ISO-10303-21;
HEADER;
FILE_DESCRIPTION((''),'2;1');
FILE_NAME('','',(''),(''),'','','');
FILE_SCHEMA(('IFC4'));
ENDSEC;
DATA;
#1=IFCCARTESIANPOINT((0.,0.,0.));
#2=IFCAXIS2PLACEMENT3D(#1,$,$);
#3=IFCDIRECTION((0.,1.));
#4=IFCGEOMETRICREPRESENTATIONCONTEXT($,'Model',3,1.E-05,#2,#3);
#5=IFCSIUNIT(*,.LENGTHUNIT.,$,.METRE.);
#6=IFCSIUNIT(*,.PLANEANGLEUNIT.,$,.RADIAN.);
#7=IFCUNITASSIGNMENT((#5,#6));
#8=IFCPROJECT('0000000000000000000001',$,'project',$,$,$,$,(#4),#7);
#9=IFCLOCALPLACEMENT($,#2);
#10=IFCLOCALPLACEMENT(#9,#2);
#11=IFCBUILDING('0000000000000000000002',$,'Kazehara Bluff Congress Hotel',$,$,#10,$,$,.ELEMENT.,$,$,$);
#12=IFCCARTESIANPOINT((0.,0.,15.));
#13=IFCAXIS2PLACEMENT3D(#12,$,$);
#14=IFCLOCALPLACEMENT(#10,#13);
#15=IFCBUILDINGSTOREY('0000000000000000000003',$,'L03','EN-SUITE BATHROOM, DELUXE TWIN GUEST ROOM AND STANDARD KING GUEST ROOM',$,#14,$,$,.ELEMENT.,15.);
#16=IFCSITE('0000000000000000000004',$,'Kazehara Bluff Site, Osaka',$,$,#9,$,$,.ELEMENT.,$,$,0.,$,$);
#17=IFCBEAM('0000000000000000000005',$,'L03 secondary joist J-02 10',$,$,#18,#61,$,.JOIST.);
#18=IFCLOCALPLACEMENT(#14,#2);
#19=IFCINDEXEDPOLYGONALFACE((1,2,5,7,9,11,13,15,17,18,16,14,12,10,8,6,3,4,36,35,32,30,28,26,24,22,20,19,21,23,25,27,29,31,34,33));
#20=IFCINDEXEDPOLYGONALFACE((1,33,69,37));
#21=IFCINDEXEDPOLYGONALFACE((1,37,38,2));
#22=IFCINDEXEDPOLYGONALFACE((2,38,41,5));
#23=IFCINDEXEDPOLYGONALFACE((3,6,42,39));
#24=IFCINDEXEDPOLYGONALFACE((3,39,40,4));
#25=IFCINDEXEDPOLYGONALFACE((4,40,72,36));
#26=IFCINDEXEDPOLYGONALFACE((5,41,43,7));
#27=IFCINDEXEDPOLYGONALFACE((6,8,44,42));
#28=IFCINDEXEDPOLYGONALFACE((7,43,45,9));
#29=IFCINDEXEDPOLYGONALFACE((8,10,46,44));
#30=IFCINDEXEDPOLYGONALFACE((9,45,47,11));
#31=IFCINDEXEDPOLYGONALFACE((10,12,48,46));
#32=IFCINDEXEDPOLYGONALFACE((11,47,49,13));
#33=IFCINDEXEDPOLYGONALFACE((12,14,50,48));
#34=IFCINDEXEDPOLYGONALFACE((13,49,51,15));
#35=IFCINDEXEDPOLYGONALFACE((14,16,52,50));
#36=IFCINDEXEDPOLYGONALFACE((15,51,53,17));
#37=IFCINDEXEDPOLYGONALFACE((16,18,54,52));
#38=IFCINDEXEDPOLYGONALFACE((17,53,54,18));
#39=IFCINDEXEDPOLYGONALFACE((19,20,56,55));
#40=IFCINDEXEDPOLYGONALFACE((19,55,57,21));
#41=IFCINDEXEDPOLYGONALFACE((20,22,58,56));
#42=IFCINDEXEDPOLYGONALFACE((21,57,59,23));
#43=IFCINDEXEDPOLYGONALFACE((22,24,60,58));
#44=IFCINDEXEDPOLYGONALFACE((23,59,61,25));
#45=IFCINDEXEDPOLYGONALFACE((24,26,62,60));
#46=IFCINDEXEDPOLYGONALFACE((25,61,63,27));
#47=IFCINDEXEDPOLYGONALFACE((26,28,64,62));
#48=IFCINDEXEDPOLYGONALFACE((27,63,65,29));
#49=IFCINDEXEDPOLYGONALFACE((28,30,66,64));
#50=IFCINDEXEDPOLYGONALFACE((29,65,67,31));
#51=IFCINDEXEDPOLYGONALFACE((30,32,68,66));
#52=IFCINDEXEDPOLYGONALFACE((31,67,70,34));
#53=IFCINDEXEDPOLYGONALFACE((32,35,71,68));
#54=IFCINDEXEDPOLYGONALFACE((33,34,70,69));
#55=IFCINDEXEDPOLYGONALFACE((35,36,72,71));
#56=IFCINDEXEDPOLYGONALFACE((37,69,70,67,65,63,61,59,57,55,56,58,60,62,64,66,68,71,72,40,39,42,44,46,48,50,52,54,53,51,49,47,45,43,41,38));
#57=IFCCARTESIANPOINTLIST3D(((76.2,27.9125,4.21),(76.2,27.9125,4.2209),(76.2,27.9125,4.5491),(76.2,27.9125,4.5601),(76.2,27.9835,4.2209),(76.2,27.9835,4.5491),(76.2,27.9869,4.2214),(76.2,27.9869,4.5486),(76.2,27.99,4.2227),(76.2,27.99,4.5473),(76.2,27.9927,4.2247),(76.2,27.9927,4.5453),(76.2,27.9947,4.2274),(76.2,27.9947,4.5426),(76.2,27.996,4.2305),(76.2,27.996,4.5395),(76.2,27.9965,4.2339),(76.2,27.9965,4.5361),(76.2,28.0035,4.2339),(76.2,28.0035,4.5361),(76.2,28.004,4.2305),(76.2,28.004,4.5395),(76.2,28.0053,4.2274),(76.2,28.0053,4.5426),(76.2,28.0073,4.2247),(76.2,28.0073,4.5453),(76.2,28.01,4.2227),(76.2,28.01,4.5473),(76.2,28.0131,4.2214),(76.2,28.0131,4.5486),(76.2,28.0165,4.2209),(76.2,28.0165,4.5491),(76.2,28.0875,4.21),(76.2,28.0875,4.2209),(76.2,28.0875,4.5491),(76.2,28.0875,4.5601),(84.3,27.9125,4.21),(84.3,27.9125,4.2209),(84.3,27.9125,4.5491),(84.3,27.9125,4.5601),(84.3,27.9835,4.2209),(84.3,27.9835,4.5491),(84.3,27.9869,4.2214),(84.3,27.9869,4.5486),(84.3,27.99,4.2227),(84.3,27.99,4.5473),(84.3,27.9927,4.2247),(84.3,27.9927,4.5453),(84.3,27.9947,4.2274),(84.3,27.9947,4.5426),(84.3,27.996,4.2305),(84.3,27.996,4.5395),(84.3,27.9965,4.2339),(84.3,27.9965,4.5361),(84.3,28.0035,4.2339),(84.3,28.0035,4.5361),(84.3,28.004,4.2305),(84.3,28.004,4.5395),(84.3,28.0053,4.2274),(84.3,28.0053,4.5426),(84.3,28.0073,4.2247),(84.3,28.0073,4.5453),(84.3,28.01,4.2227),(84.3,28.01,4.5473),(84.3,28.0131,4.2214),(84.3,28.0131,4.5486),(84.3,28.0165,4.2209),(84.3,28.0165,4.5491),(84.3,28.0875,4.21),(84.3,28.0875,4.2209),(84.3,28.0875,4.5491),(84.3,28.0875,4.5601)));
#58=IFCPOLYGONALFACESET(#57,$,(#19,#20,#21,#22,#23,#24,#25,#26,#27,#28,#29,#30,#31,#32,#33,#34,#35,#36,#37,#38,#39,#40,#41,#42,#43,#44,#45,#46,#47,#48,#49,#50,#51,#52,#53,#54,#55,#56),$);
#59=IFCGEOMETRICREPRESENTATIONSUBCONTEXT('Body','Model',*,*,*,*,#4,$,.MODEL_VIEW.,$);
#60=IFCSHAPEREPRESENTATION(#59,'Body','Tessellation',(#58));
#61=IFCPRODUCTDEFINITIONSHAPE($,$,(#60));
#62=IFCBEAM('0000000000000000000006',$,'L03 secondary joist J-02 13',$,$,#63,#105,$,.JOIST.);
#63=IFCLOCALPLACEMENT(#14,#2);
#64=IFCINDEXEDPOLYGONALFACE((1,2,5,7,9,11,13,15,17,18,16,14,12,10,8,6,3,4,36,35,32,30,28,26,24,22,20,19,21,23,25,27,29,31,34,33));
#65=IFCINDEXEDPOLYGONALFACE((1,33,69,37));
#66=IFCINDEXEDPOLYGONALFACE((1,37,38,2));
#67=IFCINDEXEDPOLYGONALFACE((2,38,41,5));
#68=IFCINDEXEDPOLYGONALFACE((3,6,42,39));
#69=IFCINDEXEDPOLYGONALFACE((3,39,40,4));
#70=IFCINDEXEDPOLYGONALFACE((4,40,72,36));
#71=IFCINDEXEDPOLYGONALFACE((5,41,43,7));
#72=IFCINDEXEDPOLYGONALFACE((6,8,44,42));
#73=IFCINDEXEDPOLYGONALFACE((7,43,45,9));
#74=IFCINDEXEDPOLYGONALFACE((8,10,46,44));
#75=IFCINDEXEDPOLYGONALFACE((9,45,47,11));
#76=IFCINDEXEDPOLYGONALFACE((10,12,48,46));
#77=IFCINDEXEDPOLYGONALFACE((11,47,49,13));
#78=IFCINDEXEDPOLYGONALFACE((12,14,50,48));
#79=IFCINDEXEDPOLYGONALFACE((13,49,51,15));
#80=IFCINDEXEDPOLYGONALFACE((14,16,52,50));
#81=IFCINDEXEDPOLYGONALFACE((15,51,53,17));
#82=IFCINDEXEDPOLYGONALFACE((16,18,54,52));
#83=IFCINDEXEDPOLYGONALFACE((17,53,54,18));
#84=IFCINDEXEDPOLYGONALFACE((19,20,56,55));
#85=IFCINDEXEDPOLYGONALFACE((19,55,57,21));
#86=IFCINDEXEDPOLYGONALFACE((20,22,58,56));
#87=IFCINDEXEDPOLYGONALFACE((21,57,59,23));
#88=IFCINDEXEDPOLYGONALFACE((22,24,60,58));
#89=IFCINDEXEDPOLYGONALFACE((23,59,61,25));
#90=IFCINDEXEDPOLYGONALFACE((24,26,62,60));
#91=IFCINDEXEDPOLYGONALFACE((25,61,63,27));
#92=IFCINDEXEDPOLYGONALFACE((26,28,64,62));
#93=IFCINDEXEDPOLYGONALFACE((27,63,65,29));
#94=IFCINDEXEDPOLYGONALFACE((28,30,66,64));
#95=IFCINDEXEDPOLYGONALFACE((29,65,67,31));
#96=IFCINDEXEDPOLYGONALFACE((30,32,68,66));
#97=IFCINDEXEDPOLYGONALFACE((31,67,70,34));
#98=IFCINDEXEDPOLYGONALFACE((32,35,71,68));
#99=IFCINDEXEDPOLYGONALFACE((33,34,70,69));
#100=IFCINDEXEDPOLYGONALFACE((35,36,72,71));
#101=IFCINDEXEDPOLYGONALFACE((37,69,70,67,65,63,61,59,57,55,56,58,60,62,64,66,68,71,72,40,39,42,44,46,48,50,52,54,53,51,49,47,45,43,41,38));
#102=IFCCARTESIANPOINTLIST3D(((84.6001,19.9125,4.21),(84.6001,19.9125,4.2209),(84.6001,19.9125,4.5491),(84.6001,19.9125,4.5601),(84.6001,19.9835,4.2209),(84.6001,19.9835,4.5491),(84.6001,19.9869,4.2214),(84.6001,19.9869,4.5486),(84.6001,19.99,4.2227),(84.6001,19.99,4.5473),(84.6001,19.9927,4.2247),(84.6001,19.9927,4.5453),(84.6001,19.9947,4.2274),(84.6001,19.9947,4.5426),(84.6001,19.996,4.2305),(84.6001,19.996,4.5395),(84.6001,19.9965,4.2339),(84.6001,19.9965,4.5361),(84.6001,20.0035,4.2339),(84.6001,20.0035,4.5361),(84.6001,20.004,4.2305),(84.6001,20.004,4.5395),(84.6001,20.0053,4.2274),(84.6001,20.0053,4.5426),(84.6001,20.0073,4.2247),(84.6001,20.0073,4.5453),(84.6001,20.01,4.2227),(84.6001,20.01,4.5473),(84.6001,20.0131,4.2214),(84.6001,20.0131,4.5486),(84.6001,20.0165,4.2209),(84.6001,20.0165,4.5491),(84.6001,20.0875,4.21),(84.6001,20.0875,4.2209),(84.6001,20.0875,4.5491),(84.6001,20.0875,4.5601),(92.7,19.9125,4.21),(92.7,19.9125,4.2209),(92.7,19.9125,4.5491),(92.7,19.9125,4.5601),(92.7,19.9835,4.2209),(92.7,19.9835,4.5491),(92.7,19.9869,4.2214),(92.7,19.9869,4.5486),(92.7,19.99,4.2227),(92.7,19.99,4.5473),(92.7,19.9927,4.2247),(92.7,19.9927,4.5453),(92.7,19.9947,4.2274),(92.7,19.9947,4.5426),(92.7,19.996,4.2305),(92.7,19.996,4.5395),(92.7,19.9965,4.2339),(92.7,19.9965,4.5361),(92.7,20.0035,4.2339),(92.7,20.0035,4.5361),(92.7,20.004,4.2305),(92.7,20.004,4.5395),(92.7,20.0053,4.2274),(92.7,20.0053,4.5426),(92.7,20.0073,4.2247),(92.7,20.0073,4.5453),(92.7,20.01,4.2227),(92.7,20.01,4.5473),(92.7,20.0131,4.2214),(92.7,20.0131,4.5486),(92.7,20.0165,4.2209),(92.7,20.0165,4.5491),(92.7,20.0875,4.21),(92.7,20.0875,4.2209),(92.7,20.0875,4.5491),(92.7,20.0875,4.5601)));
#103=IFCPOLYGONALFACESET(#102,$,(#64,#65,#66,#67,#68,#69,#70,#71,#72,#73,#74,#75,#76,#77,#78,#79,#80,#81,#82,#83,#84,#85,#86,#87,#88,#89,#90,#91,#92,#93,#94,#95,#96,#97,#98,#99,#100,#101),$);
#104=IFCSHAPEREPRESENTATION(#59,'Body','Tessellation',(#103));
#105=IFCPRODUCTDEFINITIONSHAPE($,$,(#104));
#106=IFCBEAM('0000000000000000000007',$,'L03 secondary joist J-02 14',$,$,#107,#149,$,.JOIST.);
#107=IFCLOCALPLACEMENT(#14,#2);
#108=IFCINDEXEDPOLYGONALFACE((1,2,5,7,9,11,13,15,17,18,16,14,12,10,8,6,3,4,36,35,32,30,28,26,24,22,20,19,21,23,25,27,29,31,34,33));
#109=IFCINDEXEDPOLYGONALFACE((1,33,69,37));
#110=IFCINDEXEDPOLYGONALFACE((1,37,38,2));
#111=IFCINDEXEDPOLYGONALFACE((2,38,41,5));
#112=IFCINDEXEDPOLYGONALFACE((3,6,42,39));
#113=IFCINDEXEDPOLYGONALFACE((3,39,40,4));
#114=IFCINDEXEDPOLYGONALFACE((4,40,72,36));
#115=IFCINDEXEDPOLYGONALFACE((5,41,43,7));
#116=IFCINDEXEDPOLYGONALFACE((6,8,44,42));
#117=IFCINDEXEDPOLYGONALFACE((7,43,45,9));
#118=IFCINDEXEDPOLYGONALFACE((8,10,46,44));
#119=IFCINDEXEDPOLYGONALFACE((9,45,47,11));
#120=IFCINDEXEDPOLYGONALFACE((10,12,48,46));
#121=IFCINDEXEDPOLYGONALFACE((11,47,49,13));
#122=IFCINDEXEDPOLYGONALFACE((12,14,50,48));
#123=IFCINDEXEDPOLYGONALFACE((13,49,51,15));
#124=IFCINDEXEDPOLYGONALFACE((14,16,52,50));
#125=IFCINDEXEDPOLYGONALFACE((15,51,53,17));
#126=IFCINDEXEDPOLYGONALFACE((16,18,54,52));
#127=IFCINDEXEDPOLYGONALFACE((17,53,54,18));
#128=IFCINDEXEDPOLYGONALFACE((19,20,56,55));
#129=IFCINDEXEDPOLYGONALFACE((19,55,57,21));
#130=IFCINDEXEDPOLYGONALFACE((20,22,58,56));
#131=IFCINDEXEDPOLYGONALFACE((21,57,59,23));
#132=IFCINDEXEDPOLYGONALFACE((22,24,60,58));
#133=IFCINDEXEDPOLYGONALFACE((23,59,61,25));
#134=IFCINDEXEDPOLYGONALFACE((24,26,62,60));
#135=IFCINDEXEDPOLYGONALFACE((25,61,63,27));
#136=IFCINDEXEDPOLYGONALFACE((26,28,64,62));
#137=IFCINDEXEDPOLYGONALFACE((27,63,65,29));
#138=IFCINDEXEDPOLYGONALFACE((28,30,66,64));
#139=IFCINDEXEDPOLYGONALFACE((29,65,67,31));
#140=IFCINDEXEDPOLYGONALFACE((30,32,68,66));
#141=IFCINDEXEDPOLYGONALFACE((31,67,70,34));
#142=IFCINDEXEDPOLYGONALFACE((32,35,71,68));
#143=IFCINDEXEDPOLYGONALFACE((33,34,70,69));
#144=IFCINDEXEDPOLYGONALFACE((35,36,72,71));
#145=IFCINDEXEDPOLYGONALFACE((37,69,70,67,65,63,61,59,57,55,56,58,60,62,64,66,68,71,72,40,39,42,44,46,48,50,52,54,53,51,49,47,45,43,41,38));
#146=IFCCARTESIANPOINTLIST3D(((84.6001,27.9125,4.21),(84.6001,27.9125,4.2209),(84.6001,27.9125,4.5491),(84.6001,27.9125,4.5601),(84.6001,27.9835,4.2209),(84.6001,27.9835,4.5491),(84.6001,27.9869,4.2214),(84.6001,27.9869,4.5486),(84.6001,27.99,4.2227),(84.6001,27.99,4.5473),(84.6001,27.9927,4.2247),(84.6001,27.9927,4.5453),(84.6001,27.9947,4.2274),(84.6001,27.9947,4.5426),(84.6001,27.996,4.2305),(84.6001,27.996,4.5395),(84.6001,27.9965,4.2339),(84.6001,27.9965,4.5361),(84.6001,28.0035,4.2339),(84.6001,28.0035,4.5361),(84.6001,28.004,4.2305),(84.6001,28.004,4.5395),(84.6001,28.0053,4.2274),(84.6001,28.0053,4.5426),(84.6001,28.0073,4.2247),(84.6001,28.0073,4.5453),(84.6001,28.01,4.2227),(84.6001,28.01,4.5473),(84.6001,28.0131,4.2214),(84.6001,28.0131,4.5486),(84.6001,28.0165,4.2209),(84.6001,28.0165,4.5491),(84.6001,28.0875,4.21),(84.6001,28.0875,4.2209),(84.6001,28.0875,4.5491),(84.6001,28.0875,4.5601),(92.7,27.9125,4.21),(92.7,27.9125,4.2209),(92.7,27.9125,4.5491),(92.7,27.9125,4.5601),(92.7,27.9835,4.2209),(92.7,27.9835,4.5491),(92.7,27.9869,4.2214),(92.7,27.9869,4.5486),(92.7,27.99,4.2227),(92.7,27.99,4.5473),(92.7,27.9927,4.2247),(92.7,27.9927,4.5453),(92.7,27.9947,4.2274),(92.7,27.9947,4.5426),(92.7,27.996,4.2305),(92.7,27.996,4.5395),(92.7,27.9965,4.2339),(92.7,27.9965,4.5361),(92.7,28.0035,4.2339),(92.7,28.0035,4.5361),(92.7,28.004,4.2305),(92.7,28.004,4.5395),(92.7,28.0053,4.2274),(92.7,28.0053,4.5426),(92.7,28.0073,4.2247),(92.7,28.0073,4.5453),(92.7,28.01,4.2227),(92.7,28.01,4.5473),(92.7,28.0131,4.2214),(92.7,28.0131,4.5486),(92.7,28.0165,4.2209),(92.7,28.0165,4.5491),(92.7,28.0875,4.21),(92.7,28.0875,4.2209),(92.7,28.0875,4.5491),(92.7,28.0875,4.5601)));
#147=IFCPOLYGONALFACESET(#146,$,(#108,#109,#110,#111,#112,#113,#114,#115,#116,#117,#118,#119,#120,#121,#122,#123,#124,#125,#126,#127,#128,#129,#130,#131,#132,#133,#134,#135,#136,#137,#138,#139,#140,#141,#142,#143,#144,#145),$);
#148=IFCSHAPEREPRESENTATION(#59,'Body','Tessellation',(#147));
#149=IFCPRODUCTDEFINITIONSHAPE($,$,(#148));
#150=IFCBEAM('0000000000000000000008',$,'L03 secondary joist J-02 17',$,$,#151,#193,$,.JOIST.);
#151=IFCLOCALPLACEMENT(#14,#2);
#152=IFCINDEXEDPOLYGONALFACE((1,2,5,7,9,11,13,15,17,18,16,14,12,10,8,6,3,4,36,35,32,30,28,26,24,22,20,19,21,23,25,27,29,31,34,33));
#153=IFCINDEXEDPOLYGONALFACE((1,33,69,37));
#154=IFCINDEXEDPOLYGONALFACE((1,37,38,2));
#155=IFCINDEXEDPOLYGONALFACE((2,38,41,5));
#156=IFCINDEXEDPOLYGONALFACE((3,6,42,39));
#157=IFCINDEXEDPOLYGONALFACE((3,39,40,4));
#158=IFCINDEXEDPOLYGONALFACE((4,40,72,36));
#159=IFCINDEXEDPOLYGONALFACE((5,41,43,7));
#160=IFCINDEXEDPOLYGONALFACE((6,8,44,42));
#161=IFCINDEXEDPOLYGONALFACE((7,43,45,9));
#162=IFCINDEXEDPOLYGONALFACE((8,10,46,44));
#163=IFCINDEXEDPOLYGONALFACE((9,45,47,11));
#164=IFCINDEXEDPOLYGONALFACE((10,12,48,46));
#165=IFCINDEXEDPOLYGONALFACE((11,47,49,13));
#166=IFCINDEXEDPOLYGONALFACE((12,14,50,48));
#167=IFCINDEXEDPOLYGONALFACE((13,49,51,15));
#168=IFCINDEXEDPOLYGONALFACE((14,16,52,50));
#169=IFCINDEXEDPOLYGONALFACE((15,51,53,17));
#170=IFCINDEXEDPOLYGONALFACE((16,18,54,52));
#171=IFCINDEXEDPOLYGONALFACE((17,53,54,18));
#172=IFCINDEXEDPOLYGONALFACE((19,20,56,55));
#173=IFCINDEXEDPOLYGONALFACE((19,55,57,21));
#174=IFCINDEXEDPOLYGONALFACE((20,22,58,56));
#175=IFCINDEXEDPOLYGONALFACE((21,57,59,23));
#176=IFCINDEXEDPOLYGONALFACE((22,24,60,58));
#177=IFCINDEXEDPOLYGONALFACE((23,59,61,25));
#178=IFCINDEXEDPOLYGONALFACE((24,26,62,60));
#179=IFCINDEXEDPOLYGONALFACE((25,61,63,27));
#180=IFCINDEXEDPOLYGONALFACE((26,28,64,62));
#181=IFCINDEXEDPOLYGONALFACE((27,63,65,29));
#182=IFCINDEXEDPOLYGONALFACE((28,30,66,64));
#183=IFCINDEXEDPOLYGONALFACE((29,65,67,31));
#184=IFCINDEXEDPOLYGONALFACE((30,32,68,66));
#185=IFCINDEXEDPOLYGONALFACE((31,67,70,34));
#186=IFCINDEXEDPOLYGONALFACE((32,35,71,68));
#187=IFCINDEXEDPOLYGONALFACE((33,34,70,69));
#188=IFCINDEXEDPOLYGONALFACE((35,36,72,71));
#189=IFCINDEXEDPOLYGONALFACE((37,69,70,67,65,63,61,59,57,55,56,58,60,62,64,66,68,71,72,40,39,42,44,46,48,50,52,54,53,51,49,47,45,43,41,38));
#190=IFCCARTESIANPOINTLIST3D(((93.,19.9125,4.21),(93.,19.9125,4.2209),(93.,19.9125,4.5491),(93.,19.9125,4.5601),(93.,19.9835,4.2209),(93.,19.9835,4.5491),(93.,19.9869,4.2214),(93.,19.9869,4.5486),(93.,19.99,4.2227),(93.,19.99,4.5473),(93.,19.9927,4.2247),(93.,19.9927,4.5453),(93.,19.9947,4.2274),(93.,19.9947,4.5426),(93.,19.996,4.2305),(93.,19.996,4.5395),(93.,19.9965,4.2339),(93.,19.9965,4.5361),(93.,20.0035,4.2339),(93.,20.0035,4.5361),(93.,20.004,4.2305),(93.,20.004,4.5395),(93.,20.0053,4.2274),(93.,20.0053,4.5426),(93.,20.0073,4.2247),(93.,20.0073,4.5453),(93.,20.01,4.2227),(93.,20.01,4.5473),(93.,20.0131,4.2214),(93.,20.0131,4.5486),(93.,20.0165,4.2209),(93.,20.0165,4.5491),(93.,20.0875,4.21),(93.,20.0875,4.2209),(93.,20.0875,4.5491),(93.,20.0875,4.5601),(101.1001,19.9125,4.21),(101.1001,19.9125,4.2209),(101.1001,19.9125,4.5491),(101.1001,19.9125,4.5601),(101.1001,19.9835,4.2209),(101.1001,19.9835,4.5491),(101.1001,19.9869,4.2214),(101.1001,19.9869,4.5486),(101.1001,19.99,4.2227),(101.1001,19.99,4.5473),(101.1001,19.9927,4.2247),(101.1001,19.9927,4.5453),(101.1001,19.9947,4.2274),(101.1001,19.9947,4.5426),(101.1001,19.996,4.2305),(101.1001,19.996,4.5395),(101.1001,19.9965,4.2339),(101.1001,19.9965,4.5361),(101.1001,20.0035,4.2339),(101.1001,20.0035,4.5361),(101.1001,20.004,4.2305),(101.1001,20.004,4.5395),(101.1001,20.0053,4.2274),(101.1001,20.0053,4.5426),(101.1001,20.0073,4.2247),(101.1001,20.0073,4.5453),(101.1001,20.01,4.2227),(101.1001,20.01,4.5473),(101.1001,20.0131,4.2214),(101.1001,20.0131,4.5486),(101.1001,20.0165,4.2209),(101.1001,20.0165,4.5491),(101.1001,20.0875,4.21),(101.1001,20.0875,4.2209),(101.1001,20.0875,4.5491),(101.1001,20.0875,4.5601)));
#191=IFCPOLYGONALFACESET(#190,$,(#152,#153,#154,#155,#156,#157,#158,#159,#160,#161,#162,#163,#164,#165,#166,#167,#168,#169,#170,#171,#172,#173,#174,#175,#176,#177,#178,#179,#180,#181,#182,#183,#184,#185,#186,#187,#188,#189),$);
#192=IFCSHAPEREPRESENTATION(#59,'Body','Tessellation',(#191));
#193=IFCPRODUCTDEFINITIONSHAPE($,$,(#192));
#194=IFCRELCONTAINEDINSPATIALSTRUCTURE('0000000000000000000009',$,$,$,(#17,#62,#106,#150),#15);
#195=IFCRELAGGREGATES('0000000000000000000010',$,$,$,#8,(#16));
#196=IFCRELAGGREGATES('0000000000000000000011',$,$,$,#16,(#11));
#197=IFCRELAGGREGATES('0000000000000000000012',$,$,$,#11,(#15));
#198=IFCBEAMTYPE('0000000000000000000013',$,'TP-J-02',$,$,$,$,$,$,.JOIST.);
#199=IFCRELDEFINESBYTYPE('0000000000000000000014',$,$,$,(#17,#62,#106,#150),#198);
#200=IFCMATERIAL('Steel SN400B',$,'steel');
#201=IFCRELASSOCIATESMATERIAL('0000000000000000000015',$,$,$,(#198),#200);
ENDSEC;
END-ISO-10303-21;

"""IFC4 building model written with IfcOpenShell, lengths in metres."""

from ifc_helpers import new_model, si_unit, direction, frame, origin, origin_2d, place, context, subcontext, project, spatial, i_section, extrude, material, material_profile, profile_set, type_object, element, save


model = new_model("IFC4")

# Units and contexts
model_context = context("Model", 3, precision=1e-05, world=origin(), true_north=direction((0.0, 1.0)))
body_context = subcontext(model_context, "Body", "Model", "MODEL_VIEW")
ifc_project = project(units=[si_unit("LENGTHUNIT", "METRE"), si_unit("PLANEANGLEUNIT", "RADIAN")], contexts=[model_context])

# Site, building, storey
site_placement = place(None, origin())
site = spatial("IfcSite", under=ifc_project, at=site_placement, Name="Kazehara Bluff Site, Osaka", CompositionType="ELEMENT", RefElevation=0.0)
building_placement = place(site_placement, origin())
building = spatial("IfcBuilding", under=site, at=building_placement, Name="Kazehara Bluff Congress Hotel", CompositionType="ELEMENT")
storey_placement = place(building_placement, frame((0.0, 0.0, 15.0)))
storey = spatial("IfcBuildingStorey", under=building, at=storey_placement, Name="L03", Description="EN-SUITE BATHROOM, DELUXE TWIN GUEST ROOM AND STANDARD KING GUEST ROOM", CompositionType="ELEMENT", Elevation=15.0)

# Beams
ifc_material_1 = material(Name="Steel SN400B", Category="steel")
ifc_material_profile_1 = material_profile(ifc_material_1, i_section(OverallWidth=0.175, OverallDepth=0.3501, WebThickness=0.0071, FlangeThickness=0.011, FilletRadius=0.0129, at=origin_2d()))
ifc_profile_set_1 = profile_set([ifc_material_profile_1], Name="Steel SN400B")
beam_type_1 = type_object("IfcBeamType", Name="TP-J-02", PredefinedType="JOIST", material=ifc_profile_set_1)
for number, where, z_axis, x_axis, name in (
    (1, (76.2, 28.0, 4.385), (1.0, 0.0, 0.0), (0.0, 1.0, 0.0), "L03 secondary joist J-02 10"),
):
    element("IfcBeam", number, at=place(storey_placement, frame(where, z_axis=z_axis, x_axis=x_axis)), inside=storey, type_object=beam_type_1, Name=name, PredefinedType="JOIST", context=body_context, shape_type="SweptSolid", body=[
        extrude(i_section(OverallWidth=0.175, OverallDepth=0.3501, WebThickness=0.0071, FlangeThickness=0.011, FilletRadius=0.0129, at=origin_2d()), origin(), (0.0, 0.0, 1.0), 8.1001),
    ])
for number, where, z_axis, x_axis, name in (
    (2, (84.6001, 20.0, 4.385), (1.0, 0.0, 0.0), (0.0, 1.0, 0.0), "L03 secondary joist J-02 13"),
    (3, (84.6001, 28.0, 4.385), (1.0, 0.0, 0.0), (0.0, 1.0, 0.0), "L03 secondary joist J-02 14"),
):
    element("IfcBeam", number, at=place(storey_placement, frame(where, z_axis=z_axis, x_axis=x_axis)), inside=storey, type_object=beam_type_1, Name=name, PredefinedType="JOIST", context=body_context, shape_type="SweptSolid", body=[
        extrude(i_section(OverallWidth=0.175, OverallDepth=0.3501, WebThickness=0.0071, FlangeThickness=0.011, FilletRadius=0.0129, at=origin_2d()), origin(), (0.0, 0.0, 1.0), 8.0999),
    ])
for number, where, z_axis, x_axis, name in (
    (4, (93.0, 20.0, 4.385), (1.0, 0.0, 0.0), (0.0, 1.0, 0.0), "L03 secondary joist J-02 17"),
):
    element("IfcBeam", number, at=place(storey_placement, frame(where, z_axis=z_axis, x_axis=x_axis)), inside=storey, type_object=beam_type_1, Name=name, PredefinedType="JOIST", context=body_context, shape_type="SweptSolid", body=[
        extrude(i_section(OverallWidth=0.175, OverallDepth=0.3501, WebThickness=0.0071, FlangeThickness=0.011, FilletRadius=0.0129, at=origin_2d()), origin(), (0.0, 0.0, 1.0), 8.1001),
    ])

save(model, "model.ifc")
